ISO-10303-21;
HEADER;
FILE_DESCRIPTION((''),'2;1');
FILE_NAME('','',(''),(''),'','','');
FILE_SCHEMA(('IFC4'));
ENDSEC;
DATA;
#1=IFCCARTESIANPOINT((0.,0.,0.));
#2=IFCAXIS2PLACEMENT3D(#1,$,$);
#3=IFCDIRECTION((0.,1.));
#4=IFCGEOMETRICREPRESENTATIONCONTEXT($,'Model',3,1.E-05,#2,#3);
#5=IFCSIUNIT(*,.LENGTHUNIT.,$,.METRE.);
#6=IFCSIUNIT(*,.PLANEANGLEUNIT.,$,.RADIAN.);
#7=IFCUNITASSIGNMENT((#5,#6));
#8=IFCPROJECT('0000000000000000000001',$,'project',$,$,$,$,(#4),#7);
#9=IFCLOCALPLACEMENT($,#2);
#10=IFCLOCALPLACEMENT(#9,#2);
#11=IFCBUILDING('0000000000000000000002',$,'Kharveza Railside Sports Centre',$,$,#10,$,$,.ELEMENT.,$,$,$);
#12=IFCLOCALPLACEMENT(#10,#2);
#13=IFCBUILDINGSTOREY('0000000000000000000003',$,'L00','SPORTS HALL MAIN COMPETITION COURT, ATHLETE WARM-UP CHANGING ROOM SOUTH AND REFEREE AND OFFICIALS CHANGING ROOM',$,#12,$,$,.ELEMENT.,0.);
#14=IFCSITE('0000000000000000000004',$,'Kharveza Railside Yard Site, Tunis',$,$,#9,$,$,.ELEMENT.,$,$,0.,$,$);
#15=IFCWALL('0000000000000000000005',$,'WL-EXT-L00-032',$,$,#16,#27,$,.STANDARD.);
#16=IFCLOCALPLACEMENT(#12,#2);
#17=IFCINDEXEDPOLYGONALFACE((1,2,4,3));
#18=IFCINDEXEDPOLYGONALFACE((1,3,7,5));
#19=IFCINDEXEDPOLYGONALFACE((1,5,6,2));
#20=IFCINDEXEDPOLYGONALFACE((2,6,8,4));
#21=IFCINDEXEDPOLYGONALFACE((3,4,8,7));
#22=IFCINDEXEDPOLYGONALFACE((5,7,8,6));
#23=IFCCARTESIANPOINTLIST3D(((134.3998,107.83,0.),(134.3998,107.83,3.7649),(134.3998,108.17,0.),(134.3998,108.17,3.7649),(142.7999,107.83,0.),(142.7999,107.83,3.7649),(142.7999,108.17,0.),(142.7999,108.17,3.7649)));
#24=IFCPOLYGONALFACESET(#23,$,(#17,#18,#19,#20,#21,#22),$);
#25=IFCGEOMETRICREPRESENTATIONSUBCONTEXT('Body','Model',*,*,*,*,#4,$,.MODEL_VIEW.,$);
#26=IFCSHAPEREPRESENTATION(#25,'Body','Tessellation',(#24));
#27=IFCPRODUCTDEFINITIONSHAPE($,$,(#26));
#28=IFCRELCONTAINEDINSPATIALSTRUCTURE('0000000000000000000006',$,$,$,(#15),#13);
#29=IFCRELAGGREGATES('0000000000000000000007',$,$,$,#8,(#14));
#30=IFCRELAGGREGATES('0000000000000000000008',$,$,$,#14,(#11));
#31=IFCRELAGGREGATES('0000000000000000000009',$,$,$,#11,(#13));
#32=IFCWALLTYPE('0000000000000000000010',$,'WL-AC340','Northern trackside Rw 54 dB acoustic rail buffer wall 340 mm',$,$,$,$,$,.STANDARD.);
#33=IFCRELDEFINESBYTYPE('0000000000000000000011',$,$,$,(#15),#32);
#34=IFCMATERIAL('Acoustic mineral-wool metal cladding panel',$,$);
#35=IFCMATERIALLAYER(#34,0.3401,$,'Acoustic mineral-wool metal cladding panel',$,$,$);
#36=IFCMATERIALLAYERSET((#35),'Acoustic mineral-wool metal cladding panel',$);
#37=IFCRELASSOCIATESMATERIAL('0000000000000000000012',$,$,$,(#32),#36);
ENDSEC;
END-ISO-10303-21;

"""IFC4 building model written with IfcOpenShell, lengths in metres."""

from ifc_helpers import new_model, si_unit, direction, frame, frame_2d, origin, place, context, subcontext, project, spatial, rectangle, extrude, material, layer, layer_set, type_object, element, save


model = new_model("IFC4")

# Units and contexts
model_context = context("Model", 3, precision=1e-05, world=origin(), true_north=direction((0.0, 1.0)))
body_context = subcontext(model_context, "Body", "Model", "MODEL_VIEW")
ifc_project = project(units=[si_unit("LENGTHUNIT", "METRE"), si_unit("PLANEANGLEUNIT", "RADIAN")], contexts=[model_context])

# Site, building, storey
site_placement = place(None, origin())
site = spatial("IfcSite", under=ifc_project, at=site_placement, Name="Kharveza Railside Yard Site, Tunis", CompositionType="ELEMENT", RefElevation=0.0)
building_placement = place(site_placement, origin())
building = spatial("IfcBuilding", under=site, at=building_placement, Name="Kharveza Railside Sports Centre", CompositionType="ELEMENT")
storey_placement = place(building_placement, origin())
storey = spatial("IfcBuildingStorey", under=building, at=storey_placement, Name="L00", Description="SPORTS HALL MAIN COMPETITION COURT, ATHLETE WARM-UP CHANGING ROOM SOUTH AND REFEREE AND OFFICIALS CHANGING ROOM", CompositionType="ELEMENT", Elevation=0.0)

# Wall
ifc_material_1 = material(Name="Acoustic mineral-wool metal cladding panel")
ifc_layer_1 = layer(ifc_material_1, 0.3401, Name="Acoustic mineral-wool metal cladding panel")
ifc_layer_set_1 = layer_set([ifc_layer_1], Name="Acoustic mineral-wool metal cladding panel")
wall_type = type_object("IfcWallType", Name="WL-AC340", Description="Northern trackside Rw 54 dB acoustic rail buffer wall 340 mm", PredefinedType="STANDARD", material=ifc_layer_set_1)
wall_placement = place(storey_placement, frame((142.8, 108.0, 0.0), z_axis=(0.0, 0.0, 1.0), x_axis=(-1.0, 0.0, 0.0)))
element("IfcWall", 1, at=wall_placement, inside=storey, type_object=wall_type, Name="WL-EXT-L00-032", PredefinedType="STANDARD", context=body_context, shape_type="SweptSolid", body=[
    extrude(rectangle(XDim=8.4001, YDim=0.3401, at=frame_2d((4.2002, 0.0))), origin(), (0.0, 0.0, 1.0), 3.7649),
])

save(model, "model.ifc")
